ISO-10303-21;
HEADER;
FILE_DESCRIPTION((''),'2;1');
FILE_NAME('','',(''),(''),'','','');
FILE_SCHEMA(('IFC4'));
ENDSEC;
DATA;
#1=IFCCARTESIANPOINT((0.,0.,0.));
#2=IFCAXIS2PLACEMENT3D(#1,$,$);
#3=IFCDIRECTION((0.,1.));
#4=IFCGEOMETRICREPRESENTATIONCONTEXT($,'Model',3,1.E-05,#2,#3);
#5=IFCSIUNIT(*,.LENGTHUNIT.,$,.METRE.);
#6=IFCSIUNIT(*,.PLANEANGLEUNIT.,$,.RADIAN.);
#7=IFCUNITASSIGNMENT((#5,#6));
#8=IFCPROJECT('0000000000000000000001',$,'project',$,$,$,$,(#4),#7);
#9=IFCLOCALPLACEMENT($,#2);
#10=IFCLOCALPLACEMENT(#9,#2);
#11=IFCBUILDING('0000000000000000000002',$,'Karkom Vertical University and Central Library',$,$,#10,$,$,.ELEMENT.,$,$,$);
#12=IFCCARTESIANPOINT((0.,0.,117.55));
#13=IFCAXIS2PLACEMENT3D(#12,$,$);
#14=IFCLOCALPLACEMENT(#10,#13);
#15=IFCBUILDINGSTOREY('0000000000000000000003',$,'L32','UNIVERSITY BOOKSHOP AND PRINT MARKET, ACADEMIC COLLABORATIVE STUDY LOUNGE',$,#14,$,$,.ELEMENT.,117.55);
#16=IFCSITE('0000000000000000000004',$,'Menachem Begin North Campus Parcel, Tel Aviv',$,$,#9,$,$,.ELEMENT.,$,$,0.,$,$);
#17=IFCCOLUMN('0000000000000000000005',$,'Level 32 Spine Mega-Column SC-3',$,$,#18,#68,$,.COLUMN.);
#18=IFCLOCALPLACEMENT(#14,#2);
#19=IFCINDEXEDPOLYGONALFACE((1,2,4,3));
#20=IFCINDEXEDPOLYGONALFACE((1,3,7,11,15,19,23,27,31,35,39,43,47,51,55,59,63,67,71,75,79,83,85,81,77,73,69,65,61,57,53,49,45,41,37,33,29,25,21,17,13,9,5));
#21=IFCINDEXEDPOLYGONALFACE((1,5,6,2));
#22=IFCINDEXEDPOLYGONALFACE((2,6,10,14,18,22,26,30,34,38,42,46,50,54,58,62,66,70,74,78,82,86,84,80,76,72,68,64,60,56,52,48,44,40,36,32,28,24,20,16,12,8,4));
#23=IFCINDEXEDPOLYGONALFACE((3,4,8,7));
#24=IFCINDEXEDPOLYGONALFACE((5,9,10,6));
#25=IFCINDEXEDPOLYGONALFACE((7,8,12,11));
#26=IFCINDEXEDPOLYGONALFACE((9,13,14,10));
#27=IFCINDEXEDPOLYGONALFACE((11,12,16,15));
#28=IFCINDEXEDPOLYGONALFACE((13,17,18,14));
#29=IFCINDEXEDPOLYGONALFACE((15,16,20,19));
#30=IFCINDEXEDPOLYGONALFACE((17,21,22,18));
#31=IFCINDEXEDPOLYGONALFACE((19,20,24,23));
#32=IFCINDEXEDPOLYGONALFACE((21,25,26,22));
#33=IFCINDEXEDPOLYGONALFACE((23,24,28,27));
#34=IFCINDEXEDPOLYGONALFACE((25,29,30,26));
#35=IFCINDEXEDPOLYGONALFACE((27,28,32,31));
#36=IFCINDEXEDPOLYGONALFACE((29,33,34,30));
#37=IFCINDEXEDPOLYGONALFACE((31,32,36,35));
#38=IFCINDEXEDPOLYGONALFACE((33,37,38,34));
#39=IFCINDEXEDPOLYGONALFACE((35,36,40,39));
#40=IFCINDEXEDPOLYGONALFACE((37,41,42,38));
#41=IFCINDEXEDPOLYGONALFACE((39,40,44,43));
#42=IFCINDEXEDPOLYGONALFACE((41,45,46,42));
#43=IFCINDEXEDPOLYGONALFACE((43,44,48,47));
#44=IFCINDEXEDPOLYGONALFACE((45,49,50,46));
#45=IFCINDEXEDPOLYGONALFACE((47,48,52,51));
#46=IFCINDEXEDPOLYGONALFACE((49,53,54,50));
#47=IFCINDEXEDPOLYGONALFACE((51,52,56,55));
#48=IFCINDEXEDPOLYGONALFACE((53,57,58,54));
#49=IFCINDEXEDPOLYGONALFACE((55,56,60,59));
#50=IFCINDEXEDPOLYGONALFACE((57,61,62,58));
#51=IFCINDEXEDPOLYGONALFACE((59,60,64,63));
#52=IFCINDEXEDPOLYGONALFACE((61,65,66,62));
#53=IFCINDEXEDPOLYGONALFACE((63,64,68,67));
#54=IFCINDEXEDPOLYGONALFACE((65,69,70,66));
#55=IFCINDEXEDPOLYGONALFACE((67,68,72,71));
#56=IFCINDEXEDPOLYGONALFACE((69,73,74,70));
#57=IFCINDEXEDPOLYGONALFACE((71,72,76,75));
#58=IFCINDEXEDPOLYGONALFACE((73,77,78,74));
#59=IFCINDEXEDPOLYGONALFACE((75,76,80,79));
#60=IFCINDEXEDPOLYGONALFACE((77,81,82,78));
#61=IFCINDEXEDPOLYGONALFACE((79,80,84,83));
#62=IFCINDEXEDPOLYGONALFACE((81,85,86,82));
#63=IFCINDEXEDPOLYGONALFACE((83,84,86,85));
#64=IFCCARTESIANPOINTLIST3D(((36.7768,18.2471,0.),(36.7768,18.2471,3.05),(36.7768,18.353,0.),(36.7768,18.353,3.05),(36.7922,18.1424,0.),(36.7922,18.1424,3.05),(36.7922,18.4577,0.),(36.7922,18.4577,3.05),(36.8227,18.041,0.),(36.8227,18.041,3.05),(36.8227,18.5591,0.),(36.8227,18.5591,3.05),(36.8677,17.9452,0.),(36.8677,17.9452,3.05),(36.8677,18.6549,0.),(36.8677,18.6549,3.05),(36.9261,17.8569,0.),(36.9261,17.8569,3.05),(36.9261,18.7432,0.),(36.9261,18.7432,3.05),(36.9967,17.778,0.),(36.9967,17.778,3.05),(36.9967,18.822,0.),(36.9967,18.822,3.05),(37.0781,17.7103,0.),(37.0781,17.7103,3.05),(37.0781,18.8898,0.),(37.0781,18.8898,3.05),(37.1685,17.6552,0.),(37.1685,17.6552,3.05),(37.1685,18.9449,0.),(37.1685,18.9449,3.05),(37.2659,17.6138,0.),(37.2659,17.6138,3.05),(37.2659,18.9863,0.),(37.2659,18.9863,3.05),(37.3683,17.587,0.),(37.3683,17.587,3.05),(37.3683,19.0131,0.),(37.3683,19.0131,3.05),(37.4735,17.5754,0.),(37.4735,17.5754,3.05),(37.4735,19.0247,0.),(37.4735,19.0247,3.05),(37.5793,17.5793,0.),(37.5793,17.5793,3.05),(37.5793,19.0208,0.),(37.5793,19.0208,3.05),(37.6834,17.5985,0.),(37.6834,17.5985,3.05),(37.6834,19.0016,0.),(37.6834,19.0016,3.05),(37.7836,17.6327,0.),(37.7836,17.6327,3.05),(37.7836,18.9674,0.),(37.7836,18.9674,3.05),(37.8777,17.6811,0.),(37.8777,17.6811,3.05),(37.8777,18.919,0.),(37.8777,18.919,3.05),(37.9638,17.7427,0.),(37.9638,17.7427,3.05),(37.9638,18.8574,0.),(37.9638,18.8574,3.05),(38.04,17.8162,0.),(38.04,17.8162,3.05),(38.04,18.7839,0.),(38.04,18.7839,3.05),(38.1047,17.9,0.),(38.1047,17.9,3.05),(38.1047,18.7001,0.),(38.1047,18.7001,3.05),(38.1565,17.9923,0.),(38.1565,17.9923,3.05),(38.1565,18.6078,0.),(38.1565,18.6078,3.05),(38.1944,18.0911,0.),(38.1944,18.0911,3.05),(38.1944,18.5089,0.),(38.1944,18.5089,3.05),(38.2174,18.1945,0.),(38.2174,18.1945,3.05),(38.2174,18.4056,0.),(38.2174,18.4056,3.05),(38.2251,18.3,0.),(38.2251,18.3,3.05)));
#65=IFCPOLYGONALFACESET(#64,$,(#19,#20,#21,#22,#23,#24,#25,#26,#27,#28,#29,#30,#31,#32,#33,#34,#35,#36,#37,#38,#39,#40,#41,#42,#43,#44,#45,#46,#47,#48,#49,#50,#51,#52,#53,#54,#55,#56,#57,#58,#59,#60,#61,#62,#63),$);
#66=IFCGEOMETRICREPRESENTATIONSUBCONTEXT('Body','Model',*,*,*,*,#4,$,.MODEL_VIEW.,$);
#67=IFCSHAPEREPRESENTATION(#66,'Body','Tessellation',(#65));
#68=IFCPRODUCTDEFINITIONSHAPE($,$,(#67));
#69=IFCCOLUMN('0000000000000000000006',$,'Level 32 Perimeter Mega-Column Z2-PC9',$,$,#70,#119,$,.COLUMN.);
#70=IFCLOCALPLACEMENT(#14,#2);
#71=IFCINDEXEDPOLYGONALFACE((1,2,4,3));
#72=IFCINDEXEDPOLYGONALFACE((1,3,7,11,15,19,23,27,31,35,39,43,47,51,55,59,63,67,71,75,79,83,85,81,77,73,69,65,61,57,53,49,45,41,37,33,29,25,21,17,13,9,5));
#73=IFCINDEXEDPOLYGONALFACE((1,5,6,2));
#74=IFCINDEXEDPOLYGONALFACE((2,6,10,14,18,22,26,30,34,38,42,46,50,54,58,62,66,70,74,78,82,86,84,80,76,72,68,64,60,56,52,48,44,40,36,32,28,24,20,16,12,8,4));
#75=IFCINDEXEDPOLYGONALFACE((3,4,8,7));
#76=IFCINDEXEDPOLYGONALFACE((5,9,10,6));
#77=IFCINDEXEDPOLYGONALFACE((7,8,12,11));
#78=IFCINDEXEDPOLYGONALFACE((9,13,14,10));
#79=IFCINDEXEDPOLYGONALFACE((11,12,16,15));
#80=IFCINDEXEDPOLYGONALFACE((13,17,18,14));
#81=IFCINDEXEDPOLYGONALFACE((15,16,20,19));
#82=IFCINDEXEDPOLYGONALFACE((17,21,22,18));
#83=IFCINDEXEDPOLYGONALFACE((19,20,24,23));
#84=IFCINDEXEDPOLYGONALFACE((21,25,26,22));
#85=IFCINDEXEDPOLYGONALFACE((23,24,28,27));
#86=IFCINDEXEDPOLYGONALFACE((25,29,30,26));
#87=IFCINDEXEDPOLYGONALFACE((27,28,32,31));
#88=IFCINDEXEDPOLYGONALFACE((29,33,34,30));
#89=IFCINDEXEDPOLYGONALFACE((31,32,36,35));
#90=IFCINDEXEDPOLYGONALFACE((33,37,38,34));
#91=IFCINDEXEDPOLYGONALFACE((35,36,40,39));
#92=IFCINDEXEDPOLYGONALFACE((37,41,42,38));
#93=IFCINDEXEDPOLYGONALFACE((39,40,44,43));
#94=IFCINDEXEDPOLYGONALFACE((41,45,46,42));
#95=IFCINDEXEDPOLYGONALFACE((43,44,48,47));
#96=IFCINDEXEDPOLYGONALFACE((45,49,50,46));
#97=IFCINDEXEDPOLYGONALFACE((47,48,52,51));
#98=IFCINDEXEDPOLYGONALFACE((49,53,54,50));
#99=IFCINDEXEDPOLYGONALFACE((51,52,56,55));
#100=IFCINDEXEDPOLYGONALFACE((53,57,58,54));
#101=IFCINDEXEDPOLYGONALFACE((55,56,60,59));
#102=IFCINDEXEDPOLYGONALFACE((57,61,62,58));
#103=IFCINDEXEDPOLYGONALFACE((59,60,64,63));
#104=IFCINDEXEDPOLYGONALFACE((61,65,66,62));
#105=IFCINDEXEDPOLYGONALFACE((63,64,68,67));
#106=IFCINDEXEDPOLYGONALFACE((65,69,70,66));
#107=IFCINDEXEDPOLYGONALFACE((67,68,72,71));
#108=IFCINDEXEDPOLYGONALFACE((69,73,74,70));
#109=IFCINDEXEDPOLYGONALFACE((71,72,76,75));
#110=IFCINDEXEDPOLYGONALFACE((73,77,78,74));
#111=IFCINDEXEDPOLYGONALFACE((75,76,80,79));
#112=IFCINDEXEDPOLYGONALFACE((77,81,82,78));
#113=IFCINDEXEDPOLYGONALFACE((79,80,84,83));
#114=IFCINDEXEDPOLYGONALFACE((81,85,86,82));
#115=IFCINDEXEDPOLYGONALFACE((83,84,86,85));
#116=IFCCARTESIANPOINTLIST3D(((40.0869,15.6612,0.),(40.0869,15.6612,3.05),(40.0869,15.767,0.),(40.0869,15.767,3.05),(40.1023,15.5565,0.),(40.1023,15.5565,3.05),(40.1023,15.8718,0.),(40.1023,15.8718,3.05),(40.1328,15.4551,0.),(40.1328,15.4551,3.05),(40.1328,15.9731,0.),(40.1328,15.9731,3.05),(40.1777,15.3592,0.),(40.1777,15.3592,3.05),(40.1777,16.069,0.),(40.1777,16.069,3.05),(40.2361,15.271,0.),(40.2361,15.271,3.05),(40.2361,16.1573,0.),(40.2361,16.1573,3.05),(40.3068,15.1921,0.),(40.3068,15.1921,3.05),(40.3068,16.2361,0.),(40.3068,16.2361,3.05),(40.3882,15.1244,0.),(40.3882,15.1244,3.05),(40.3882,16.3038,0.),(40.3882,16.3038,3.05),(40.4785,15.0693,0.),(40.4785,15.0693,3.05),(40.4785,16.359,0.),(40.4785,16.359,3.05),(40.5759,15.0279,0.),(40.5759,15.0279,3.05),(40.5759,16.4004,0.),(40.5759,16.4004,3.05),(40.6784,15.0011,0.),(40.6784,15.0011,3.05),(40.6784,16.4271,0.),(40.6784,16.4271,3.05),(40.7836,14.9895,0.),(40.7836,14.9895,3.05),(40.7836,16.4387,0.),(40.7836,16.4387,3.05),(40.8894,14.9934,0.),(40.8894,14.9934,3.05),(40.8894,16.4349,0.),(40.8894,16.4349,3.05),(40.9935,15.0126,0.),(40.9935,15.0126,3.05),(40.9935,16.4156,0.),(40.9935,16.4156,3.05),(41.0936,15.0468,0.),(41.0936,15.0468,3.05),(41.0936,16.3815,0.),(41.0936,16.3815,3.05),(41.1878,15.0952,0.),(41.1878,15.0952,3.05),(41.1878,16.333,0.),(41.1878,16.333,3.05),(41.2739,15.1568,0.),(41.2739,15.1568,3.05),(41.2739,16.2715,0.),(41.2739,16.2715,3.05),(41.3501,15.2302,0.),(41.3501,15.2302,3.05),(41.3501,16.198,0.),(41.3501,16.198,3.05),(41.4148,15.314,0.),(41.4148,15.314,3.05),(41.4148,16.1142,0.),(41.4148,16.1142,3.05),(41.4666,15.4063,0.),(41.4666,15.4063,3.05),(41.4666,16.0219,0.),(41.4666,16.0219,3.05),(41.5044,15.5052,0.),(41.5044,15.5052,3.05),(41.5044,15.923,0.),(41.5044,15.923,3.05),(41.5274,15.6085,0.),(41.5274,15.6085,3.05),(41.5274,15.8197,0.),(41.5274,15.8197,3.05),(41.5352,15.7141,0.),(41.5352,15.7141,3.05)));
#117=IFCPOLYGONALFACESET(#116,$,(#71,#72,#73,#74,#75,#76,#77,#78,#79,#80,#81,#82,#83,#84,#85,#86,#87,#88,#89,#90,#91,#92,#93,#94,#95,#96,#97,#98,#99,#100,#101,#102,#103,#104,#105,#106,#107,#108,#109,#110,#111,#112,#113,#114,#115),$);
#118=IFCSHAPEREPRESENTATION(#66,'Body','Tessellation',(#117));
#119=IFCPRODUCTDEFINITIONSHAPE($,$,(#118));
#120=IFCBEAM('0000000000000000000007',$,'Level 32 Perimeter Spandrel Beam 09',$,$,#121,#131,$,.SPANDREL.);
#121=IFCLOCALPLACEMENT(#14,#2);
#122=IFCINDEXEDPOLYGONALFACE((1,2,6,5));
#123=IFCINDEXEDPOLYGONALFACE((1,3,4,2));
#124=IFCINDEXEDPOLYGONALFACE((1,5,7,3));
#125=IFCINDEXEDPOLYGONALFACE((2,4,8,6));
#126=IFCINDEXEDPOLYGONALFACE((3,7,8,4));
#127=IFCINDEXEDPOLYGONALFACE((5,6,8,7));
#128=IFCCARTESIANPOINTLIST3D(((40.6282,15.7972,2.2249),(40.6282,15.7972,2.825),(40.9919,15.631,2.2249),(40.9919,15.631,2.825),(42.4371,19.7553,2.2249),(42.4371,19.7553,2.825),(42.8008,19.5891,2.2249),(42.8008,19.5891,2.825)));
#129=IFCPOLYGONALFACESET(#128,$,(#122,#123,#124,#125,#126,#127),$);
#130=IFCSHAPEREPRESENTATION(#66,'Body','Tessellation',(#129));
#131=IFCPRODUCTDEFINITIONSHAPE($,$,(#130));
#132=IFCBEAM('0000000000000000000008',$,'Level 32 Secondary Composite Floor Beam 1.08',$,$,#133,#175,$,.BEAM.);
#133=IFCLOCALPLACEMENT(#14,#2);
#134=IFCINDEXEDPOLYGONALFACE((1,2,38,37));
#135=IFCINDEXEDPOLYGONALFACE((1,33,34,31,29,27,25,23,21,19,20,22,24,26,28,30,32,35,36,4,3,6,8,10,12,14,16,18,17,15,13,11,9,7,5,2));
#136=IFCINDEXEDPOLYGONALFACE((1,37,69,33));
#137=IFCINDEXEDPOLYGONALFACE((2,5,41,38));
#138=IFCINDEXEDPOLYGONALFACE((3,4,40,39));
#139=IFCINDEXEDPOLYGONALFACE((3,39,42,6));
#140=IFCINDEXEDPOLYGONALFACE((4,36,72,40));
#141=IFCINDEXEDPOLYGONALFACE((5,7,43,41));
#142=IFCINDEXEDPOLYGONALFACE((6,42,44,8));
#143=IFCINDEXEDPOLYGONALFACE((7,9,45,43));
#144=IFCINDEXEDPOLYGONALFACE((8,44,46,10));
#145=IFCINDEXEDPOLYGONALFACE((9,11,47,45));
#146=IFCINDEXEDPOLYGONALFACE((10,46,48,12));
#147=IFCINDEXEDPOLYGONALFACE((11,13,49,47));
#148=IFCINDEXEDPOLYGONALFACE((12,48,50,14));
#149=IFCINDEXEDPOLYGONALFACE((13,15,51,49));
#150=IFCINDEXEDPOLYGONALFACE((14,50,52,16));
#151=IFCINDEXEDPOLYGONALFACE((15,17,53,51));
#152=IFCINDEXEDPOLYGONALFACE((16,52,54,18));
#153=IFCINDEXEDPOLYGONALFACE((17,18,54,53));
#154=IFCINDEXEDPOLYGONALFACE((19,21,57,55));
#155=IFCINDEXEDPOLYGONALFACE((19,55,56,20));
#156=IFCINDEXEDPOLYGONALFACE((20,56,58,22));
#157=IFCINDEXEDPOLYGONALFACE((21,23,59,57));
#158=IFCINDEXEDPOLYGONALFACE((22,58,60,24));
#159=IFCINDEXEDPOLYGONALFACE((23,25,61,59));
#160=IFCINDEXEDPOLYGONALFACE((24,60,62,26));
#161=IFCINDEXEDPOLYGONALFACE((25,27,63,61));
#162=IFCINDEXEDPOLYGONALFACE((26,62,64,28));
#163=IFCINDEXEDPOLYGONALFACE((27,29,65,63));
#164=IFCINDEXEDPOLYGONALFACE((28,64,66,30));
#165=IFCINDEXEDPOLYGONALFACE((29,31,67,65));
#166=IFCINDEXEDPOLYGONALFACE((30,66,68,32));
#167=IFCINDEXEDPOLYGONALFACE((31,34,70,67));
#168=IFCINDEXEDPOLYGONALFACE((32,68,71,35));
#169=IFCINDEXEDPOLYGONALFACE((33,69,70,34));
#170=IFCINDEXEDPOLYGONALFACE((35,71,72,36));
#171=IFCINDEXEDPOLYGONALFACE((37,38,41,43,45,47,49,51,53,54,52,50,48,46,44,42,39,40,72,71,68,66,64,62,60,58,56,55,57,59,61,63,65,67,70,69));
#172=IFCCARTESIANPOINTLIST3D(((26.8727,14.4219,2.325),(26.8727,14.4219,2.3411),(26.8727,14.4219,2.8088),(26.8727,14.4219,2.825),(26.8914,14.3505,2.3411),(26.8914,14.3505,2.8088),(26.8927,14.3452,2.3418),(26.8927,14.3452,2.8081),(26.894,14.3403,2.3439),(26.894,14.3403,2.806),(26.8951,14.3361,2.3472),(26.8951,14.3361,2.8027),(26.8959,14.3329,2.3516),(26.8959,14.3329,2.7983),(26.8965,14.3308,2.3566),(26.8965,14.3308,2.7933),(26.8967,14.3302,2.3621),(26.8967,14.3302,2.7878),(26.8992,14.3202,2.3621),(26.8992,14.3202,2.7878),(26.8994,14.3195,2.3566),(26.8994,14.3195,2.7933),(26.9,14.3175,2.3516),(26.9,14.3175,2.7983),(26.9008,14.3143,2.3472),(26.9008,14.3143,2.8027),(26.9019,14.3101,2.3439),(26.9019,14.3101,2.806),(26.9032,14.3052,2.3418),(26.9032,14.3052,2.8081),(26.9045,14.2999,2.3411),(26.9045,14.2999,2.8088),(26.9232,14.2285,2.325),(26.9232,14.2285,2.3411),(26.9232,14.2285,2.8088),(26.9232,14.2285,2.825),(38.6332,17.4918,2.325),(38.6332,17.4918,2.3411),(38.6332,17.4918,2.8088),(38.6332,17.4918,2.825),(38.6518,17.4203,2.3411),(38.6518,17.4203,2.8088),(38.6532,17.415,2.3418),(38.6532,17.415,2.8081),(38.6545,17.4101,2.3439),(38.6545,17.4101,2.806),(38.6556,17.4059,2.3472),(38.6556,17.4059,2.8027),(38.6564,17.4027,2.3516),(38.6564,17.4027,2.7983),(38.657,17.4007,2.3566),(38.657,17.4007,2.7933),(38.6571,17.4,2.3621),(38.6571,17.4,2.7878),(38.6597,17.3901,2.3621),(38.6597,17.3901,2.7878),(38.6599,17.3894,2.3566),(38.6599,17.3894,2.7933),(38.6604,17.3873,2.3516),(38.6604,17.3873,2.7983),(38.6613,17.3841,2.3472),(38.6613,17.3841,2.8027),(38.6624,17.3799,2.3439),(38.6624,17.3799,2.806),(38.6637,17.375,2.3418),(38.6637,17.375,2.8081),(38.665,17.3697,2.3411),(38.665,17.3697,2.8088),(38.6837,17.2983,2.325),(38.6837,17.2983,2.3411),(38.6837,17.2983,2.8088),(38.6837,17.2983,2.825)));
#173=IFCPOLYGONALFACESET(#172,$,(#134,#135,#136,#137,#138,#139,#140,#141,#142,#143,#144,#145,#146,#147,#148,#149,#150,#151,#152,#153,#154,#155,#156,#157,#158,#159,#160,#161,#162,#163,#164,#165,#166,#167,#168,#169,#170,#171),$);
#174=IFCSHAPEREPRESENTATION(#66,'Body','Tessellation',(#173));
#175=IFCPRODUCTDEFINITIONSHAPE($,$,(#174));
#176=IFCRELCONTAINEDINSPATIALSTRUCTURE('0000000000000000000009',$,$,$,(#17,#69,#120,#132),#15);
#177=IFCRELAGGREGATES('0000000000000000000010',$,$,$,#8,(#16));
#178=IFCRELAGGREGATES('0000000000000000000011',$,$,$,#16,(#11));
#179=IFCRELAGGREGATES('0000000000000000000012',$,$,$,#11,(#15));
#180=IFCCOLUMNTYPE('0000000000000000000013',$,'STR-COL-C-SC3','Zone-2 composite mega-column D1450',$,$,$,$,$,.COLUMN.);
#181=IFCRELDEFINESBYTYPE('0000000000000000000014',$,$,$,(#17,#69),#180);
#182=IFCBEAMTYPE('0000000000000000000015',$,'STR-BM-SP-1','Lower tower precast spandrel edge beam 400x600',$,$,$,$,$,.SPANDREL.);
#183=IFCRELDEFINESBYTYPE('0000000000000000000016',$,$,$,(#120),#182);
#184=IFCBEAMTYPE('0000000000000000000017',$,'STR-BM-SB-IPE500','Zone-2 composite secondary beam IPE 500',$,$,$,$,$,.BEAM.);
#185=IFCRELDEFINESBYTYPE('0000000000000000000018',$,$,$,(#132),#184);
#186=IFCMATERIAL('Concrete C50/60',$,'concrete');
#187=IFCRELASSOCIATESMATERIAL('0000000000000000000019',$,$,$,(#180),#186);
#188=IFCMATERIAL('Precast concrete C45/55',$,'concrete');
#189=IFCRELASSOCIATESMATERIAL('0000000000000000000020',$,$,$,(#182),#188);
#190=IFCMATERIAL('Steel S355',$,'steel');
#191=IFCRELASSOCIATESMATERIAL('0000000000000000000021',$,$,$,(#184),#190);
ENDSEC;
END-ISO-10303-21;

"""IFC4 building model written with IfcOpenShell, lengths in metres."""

from ifc_helpers import new_model, si_unit, direction, frame, origin, origin_with_axes, origin_2d, place, context, subcontext, project, spatial, rectangle, circle, i_section, extrude, source, transform, mapped, material, material_profile, profile_set, type_object, element, save


model = new_model("IFC4")

# Units and contexts
model_context = context("Model", 3, precision=1e-05, world=origin(), true_north=direction((0.0, 1.0)))
body_context = subcontext(model_context, "Body", "Model", "MODEL_VIEW")
ifc_project = project(units=[si_unit("LENGTHUNIT", "METRE"), si_unit("PLANEANGLEUNIT", "RADIAN")], contexts=[model_context])

# Site, building, storey
site_placement = place(None, origin())
site = spatial("IfcSite", under=ifc_project, at=site_placement, Name="Menachem Begin North Campus Parcel, Tel Aviv", CompositionType="ELEMENT", RefElevation=0.0)
building_placement = place(site_placement, origin())
building = spatial("IfcBuilding", under=site, at=building_placement, Name="Karkom Vertical University and Central Library", CompositionType="ELEMENT")
storey_placement = place(building_placement, frame((0.0, 0.0, 117.55)))
storey = spatial("IfcBuildingStorey", under=building, at=storey_placement, Name="L32", Description="UNIVERSITY BOOKSHOP AND PRINT MARKET, ACADEMIC COLLABORATIVE STUDY LOUNGE", CompositionType="ELEMENT", Elevation=117.55)

# Columns
ifc_material_1 = material(Name="Concrete C50/60", Category="concrete")
ifc_material_profile_1 = material_profile(ifc_material_1, circle(Radius=0.7251, at=origin_2d()), Name="CFT-D1450")
ifc_profile_set_1 = profile_set([ifc_material_profile_1], Name="Concrete C50/60")
column_type = type_object("IfcColumnType", Name="STR-COL-C-SC3", Description="Zone-2 composite mega-column D1450", PredefinedType="COLUMN", material=ifc_profile_set_1)
shared_shape_1 = source(origin_with_axes(), body_context, "Body", "SweptSolid", [
    extrude(circle(Radius=0.7251, at=origin_2d()), origin(), (0.0, 0.0, 1.0), 3.05),
])
for number, where, z_axis, x_axis, name in (
    (1, (37.5, 18.3, 0.0), (0.0, 0.0, 1.0), (1.0, 0.0, 0.0), "Level 32 Spine Mega-Column SC-3"),
    (2, (40.8101, 15.7141, 0.0), (0.0, 0.0, 1.0), (1.0, 0.0, 0.0), "Level 32 Perimeter Mega-Column Z2-PC9"),
):
    element("IfcColumn", number, at=place(storey_placement, frame(where, z_axis=z_axis, x_axis=x_axis)), inside=storey, type_object=column_type, Name=name, PredefinedType="COLUMN", context=body_context, shape_type="MappedRepresentation", body=[
        mapped(shared_shape_1, transform((0.0, 0.0, 0.0), scale=1.0)),
    ])

# Beams
ifc_material_2 = material(Name="Precast concrete C45/55", Category="concrete")
ifc_material_profile_2 = material_profile(ifc_material_2, rectangle(XDim=0.3999, YDim=0.6001, at=origin_2d()), Name="SPB-400x600")
ifc_profile_set_2 = profile_set([ifc_material_profile_2], Name="Precast concrete C45/55")
beam_type_1 = type_object("IfcBeamType", Name="STR-BM-SP-1", Description="Lower tower precast spandrel edge beam 400x600", PredefinedType="SPANDREL", material=ifc_profile_set_2)
shared_shape_2 = source(origin_with_axes(), body_context, "Body", "SweptSolid", [
    extrude(rectangle(XDim=0.3999, YDim=0.6001, at=origin_2d()), origin(), (0.0, 0.0, 1.0), 4.3518),
])
beam_1_placement = place(storey_placement, frame((40.8101, 15.7141, 2.5249), z_axis=(0.415658, 0.909521, 0.0), x_axis=(-0.909521, 0.415658, 0.0)))
element("IfcBeam", 3, at=beam_1_placement, inside=storey, type_object=beam_type_1, Name="Level 32 Perimeter Spandrel Beam 09", PredefinedType="SPANDREL", context=body_context, shape_type="MappedRepresentation", body=[
    mapped(shared_shape_2, transform((0.0, 0.0, 0.0), scale=1.0)),
])
ifc_material_3 = material(Name="Steel S355", Category="steel")
ifc_material_profile_3 = material_profile(ifc_material_3, i_section(OverallWidth=0.2, OverallDepth=0.5, WebThickness=0.0103, FlangeThickness=0.0161, FilletRadius=0.021, at=origin_2d()), Name="IPE 500")
ifc_profile_set_3 = profile_set([ifc_material_profile_3], Name="Steel S355")
beam_type_2 = type_object("IfcBeamType", Name="STR-BM-SB-IPE500", Description="Zone-2 composite secondary beam IPE 500", PredefinedType="BEAM", material=ifc_profile_set_3)
shared_shape_3 = source(origin_with_axes(), body_context, "Body", "SweptSolid", [
    extrude(i_section(OverallWidth=0.2, OverallDepth=0.5, WebThickness=0.0103, FlangeThickness=0.0161, FilletRadius=0.021, at=origin_2d()), origin(), (0.0, 0.0, 1.0), 12.1545),
])
beam_2_placement = place(storey_placement, frame((26.8979, 14.3252, 2.575), z_axis=(0.96758, 0.252566, 0.0), x_axis=(-0.252566, 0.96758, 0.0)))
element("IfcBeam", 4, at=beam_2_placement, inside=storey, type_object=beam_type_2, Name="Level 32 Secondary Composite Floor Beam 1.08", PredefinedType="BEAM", context=body_context, shape_type="MappedRepresentation", body=[
    mapped(shared_shape_3, transform((0.0, 0.0, 0.0), scale=1.0)),
])

save(model, "model.ifc")
